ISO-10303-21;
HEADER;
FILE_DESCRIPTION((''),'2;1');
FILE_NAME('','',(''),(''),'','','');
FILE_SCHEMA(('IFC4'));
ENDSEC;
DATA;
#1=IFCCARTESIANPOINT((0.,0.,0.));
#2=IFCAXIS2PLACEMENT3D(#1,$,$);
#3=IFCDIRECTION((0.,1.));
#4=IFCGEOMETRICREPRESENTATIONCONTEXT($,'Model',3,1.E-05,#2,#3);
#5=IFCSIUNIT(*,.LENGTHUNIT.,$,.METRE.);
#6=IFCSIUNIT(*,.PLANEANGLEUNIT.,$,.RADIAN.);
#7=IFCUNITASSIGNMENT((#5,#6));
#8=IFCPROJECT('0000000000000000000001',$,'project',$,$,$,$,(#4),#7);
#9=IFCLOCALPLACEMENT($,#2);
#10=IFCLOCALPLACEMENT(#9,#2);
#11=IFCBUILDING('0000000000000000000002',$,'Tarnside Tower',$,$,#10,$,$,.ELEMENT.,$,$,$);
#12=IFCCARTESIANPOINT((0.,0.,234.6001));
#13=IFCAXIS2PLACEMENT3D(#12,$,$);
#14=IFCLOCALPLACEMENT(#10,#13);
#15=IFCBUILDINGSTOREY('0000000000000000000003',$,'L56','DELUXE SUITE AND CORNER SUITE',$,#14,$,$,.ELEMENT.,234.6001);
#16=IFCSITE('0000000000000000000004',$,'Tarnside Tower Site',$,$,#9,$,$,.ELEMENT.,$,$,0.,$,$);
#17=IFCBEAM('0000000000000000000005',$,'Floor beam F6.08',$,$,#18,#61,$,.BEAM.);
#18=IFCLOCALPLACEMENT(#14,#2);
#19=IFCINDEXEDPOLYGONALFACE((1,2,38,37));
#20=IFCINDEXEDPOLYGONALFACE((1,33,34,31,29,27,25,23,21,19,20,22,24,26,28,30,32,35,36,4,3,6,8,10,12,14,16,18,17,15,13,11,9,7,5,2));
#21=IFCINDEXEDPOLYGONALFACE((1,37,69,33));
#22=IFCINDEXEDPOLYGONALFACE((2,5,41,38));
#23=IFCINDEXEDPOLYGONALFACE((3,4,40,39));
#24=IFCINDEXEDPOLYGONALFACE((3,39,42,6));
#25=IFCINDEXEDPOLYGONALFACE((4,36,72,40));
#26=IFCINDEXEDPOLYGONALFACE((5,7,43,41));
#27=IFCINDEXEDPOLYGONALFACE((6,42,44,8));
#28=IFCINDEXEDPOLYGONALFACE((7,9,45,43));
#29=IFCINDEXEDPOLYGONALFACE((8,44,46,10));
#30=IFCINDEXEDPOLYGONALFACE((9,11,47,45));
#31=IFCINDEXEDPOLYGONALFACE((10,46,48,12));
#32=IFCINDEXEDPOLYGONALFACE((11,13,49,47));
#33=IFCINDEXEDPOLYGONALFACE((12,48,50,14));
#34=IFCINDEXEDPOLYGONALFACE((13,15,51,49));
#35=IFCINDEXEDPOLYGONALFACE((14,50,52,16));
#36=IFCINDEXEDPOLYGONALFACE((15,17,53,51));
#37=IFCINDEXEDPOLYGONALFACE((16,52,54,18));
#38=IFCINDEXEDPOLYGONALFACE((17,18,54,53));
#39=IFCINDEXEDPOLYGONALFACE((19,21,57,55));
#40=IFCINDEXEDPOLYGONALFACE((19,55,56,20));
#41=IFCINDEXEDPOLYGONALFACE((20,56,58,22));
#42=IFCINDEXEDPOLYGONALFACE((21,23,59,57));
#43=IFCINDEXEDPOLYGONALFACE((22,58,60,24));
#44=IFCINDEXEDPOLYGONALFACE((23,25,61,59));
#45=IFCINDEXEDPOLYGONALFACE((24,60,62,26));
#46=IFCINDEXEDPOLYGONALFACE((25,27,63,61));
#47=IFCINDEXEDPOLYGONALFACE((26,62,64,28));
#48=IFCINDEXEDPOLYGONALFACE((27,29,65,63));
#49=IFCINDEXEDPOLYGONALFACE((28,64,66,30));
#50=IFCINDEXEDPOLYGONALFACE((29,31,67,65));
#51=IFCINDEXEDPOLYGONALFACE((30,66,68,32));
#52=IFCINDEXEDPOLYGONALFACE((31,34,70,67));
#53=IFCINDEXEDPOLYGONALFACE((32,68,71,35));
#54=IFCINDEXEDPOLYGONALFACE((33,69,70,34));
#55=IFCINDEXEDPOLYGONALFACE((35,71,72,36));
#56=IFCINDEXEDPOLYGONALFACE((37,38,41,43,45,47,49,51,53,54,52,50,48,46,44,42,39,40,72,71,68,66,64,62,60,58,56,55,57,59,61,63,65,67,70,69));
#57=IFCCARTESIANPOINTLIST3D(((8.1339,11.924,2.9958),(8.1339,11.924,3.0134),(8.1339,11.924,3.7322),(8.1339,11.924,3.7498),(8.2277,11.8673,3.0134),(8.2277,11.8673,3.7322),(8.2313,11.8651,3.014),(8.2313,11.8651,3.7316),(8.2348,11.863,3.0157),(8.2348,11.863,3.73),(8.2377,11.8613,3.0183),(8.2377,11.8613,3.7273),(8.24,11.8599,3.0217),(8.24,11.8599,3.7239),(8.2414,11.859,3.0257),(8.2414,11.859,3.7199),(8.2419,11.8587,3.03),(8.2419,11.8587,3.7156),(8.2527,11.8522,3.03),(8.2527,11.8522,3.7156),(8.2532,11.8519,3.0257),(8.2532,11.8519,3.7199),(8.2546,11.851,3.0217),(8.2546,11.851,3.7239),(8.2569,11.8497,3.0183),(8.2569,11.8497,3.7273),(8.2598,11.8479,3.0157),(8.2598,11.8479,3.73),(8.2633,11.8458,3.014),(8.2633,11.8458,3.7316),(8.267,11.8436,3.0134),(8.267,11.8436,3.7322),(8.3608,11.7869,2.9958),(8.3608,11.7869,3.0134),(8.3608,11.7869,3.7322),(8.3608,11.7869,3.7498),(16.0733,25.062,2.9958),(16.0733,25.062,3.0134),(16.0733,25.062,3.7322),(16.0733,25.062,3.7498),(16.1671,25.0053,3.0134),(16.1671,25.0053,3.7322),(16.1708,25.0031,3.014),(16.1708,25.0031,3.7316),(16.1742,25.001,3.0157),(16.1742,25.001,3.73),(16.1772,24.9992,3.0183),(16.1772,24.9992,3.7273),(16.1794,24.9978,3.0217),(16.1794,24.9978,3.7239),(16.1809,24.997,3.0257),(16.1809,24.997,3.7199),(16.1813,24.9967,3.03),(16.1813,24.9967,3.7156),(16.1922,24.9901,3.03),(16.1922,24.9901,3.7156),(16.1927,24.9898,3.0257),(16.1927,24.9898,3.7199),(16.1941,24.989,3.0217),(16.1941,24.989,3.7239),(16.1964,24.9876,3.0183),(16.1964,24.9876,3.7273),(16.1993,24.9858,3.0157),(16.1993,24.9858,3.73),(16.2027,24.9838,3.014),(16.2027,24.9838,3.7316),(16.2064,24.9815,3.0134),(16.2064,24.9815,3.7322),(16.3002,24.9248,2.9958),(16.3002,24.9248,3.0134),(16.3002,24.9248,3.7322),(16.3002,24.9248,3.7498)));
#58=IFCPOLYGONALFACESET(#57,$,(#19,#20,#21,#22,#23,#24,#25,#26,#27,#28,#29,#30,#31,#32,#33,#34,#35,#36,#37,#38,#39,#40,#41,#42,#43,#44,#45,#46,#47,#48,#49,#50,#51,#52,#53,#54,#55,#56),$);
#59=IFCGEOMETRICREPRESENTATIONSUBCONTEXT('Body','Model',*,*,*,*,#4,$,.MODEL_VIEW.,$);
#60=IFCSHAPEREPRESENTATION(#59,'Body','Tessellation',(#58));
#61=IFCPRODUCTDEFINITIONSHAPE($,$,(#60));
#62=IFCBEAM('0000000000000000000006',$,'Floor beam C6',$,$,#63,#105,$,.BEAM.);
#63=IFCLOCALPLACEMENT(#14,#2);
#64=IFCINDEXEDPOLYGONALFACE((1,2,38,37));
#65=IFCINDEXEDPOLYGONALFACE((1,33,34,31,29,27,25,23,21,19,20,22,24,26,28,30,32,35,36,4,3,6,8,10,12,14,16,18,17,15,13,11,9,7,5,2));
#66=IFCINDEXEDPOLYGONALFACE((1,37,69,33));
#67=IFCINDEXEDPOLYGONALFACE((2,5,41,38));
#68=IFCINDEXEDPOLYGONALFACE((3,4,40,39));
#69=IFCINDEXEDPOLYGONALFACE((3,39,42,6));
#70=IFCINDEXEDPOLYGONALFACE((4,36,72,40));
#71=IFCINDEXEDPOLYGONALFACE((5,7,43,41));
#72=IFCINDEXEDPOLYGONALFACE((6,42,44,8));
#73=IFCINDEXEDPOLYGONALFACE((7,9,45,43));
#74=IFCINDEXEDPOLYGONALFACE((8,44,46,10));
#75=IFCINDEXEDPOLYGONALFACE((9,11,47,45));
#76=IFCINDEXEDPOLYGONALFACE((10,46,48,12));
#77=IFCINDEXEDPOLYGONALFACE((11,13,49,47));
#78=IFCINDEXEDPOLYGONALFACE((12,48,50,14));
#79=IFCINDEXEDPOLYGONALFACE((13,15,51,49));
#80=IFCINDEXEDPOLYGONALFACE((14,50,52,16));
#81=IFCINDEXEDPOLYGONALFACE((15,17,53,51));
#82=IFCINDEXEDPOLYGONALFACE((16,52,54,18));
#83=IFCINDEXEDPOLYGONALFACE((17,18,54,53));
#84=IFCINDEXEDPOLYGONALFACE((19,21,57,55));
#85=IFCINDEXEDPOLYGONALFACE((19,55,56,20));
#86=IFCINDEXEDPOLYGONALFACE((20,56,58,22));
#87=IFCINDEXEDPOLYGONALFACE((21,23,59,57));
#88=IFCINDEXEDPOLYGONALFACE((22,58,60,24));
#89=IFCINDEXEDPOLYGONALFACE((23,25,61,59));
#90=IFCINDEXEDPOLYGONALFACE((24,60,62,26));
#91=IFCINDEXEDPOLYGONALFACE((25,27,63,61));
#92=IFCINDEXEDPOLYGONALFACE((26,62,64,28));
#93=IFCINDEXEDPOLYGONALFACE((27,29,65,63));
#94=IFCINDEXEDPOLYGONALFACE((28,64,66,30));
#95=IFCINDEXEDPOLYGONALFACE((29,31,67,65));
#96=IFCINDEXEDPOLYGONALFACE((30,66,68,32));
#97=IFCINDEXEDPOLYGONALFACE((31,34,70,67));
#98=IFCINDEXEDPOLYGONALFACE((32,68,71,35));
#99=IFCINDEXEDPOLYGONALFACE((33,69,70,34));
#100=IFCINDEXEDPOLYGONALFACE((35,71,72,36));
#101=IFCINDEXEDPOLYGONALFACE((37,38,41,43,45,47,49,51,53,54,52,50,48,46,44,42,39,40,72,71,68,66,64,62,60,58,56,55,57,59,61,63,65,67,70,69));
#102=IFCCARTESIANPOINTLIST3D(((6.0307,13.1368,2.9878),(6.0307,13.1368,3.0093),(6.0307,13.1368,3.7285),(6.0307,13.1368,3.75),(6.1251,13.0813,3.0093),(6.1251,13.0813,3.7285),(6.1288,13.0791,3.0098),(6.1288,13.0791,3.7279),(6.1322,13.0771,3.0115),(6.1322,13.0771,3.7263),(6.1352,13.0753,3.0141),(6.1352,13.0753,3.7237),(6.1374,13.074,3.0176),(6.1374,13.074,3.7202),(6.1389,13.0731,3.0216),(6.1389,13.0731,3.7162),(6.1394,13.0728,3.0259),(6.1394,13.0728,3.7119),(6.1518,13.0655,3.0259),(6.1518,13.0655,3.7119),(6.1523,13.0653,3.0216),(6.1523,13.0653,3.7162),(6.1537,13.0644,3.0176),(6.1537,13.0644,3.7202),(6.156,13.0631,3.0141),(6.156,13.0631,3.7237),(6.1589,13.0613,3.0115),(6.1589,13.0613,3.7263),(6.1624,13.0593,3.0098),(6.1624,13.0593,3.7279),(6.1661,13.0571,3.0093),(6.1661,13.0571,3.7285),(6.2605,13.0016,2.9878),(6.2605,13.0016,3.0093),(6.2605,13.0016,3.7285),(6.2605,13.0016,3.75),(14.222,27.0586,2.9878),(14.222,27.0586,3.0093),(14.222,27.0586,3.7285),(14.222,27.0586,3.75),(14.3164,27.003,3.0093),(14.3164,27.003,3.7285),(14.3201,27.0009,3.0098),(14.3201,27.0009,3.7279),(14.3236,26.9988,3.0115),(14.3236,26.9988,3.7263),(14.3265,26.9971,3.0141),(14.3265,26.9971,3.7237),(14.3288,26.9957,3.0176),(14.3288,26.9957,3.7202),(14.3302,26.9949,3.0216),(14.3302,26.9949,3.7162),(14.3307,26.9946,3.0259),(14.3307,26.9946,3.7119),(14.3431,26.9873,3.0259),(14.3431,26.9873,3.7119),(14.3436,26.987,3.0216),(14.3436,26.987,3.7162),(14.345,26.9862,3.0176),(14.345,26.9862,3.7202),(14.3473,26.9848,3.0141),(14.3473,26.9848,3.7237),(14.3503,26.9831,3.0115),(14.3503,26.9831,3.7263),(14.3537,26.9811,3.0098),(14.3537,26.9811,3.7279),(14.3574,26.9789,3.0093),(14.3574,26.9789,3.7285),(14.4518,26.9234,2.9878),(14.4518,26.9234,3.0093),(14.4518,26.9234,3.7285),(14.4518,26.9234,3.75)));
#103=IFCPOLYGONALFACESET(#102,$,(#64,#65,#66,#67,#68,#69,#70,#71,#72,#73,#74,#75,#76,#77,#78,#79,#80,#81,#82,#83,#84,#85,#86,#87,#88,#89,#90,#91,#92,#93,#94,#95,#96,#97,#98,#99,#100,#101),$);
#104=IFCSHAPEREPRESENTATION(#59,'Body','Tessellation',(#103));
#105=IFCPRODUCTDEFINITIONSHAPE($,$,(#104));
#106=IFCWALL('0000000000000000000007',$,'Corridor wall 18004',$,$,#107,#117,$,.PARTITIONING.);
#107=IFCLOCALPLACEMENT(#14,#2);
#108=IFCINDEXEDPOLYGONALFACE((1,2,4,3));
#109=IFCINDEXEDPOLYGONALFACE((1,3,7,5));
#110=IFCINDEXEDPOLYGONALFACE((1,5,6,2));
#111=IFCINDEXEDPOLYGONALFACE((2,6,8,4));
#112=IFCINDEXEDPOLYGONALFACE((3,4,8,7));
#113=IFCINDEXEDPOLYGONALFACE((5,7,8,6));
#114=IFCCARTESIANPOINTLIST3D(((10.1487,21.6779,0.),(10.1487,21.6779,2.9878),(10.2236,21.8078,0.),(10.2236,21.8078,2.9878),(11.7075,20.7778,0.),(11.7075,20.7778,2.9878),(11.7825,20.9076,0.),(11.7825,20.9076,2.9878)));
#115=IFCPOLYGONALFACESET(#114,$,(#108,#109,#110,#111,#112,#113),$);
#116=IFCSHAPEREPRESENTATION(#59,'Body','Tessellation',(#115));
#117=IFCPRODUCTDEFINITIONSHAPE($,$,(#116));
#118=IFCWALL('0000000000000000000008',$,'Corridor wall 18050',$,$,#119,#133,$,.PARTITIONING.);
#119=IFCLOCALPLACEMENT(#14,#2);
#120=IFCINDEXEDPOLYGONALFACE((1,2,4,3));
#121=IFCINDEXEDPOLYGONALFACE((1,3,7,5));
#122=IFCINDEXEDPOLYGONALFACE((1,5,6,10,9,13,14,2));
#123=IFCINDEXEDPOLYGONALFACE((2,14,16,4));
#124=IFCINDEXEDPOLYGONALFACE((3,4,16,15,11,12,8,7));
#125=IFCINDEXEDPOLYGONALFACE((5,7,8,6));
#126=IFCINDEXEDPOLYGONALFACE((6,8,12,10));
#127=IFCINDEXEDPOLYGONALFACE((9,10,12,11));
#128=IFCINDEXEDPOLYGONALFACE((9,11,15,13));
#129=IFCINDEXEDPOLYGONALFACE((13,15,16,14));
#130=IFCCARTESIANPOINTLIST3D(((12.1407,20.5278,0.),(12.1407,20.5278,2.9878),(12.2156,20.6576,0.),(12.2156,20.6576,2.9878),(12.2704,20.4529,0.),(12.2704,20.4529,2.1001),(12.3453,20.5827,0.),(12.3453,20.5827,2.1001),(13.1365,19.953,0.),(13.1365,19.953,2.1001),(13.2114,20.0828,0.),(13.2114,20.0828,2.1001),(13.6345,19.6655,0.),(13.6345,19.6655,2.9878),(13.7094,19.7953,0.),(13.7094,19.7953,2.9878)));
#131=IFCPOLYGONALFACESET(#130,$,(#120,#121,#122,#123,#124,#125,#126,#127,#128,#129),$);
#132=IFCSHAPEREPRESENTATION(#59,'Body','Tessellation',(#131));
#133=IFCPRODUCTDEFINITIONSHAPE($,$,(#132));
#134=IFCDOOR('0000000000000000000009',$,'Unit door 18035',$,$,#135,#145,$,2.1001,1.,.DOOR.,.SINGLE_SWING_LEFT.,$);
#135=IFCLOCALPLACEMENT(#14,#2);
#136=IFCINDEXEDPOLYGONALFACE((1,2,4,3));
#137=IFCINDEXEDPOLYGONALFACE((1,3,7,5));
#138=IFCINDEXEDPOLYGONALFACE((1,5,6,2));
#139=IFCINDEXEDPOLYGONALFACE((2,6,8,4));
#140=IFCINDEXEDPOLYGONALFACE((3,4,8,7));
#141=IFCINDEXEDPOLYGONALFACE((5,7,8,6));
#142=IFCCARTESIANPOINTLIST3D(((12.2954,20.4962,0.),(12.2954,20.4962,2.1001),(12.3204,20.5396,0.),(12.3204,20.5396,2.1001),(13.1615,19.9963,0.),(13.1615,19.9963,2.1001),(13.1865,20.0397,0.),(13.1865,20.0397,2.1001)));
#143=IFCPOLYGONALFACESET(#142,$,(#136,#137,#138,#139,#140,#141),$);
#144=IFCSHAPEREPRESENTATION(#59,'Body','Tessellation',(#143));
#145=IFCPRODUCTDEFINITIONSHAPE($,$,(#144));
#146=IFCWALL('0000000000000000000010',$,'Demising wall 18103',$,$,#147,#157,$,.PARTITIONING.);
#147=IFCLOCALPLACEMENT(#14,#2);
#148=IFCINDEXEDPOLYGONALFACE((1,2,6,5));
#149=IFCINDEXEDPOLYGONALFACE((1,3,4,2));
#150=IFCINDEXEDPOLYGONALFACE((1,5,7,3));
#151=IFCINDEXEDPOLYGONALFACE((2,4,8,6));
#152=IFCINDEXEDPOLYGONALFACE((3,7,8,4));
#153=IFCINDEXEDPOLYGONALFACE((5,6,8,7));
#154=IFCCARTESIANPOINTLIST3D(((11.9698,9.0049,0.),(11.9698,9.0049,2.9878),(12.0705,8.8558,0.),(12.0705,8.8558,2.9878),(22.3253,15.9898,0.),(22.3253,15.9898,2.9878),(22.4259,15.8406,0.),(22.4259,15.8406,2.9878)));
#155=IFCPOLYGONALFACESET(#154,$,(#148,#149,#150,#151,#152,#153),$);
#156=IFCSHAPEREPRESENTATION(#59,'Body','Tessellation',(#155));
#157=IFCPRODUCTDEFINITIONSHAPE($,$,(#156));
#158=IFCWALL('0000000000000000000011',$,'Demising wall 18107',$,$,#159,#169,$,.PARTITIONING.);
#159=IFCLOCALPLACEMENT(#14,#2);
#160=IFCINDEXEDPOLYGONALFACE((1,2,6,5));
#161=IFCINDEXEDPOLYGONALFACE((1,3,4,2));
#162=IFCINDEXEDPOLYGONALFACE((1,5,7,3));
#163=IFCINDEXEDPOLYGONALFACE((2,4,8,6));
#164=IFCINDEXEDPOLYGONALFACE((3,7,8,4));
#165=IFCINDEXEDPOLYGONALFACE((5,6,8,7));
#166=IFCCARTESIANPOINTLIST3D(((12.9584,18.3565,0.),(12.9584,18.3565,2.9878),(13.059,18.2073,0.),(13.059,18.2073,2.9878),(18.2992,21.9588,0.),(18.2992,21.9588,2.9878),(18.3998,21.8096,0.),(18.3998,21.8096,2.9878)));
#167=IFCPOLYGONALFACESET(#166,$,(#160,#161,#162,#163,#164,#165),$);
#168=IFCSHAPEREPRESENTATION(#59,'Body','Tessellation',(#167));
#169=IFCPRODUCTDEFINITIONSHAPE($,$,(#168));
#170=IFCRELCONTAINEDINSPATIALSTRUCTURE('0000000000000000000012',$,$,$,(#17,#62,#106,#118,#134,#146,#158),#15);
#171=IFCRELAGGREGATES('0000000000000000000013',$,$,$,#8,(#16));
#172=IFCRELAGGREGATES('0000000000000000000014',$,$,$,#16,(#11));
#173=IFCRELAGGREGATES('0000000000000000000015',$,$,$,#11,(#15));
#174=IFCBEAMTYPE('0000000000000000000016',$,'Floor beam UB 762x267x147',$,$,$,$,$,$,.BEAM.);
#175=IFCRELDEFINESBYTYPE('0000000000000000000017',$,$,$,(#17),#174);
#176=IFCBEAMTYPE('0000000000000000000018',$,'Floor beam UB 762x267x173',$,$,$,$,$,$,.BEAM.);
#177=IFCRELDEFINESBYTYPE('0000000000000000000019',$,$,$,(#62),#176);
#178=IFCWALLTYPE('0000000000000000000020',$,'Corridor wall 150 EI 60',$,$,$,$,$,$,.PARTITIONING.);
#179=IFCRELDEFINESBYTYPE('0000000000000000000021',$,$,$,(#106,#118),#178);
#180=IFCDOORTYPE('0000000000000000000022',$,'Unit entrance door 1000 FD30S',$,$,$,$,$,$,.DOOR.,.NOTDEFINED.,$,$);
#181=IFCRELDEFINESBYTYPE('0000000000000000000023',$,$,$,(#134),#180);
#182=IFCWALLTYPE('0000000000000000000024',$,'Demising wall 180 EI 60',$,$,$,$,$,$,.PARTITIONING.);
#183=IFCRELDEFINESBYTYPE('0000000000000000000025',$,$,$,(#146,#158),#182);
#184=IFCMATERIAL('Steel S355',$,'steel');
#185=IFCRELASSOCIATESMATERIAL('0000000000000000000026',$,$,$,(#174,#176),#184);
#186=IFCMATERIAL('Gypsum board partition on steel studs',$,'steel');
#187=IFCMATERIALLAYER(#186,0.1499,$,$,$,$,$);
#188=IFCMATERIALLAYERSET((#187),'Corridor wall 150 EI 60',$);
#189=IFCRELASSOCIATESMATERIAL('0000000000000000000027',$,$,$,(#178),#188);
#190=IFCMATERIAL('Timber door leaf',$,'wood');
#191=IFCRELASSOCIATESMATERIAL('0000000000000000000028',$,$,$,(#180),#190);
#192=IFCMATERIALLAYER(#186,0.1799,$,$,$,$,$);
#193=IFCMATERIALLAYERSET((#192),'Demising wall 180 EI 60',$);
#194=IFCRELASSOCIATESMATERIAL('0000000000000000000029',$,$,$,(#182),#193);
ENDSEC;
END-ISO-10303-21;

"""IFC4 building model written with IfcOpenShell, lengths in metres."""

from ifc_helpers import new_model, si_unit, direction, frame, frame_2d, origin, origin_2d, place, context, subcontext, project, spatial, rectangle, i_section, extrude, material, layer, layer_set, material_profile, profile_set, type_object, element, fill, save


model = new_model("IFC4")

# Units and contexts
model_context = context("Model", 3, precision=1e-05, world=origin(), true_north=direction((0.0, 1.0)))
body_context = subcontext(model_context, "Body", "Model", "MODEL_VIEW")
ifc_project = project(units=[si_unit("LENGTHUNIT", "METRE"), si_unit("PLANEANGLEUNIT", "RADIAN")], contexts=[model_context])

# Site, building, storey
site_placement = place(None, origin())
site = spatial("IfcSite", under=ifc_project, at=site_placement, Name="Tarnside Tower Site", CompositionType="ELEMENT", RefElevation=0.0)
building_placement = place(site_placement, origin())
building = spatial("IfcBuilding", under=site, at=building_placement, Name="Tarnside Tower", CompositionType="ELEMENT")
storey_placement = place(building_placement, frame((0.0, 0.0, 234.6001)))
storey = spatial("IfcBuildingStorey", under=building, at=storey_placement, Name="L56", Description="DELUXE SUITE AND CORNER SUITE", CompositionType="ELEMENT", Elevation=234.6001)

# Beams
ifc_material_1 = material(Name="Steel S355", Category="steel")
ifc_material_profile_1 = material_profile(ifc_material_1, i_section(OverallWidth=0.2651, OverallDepth=0.7539, WebThickness=0.0127, FlangeThickness=0.0176, FilletRadius=0.0166, at=origin_2d()), Name="UB 762x267x147")
ifc_profile_set_1 = profile_set([ifc_material_profile_1], Name="Steel S355")
beam_type_1 = type_object("IfcBeamType", Name="Floor beam UB 762x267x147", PredefinedType="BEAM", material=ifc_profile_set_1)
beam_1_placement = place(storey_placement, frame((16.1868, 24.9934, 3.3728), z_axis=(-0.517209, -0.855859, 0.0), x_axis=(0.855859, -0.517209, 0.0)))
element("IfcBeam", 1, at=beam_1_placement, inside=storey, type_object=beam_type_1, Name="Floor beam F6.08", PredefinedType="BEAM", context=body_context, shape_type="SweptSolid", body=[
    extrude(i_section(OverallWidth=0.2651, OverallDepth=0.7539, WebThickness=0.0127, FlangeThickness=0.0176, FilletRadius=0.0166, at=origin_2d()), origin(), (0.0, 0.0, 1.0), 15.3506),
])
ifc_material_profile_2 = material_profile(ifc_material_1, i_section(OverallWidth=0.2666, OverallDepth=0.7622, WebThickness=0.0144, FlangeThickness=0.0215, FilletRadius=0.0166, at=origin_2d()), Name="UB 762x267x173")
ifc_profile_set_2 = profile_set([ifc_material_profile_2], Name="Steel S355")
beam_type_2 = type_object("IfcBeamType", Name="Floor beam UB 762x267x173", PredefinedType="BEAM", material=ifc_profile_set_2)
beam_2_placement = place(storey_placement, frame((14.3369, 26.991, 3.3689), z_axis=(-0.507115, -0.861878, 0.0), x_axis=(0.861878, -0.507115, 0.0)))
element("IfcBeam", 2, at=beam_2_placement, inside=storey, type_object=beam_type_2, Name="Floor beam C6", PredefinedType="BEAM", context=body_context, shape_type="SweptSolid", body=[
    extrude(i_section(OverallWidth=0.2666, OverallDepth=0.7622, WebThickness=0.0144, FlangeThickness=0.0215, FilletRadius=0.0166, at=origin_2d()), origin(), (0.0, 0.0, 1.0), 16.1528),
])

# Wall
ifc_material_2 = material(Name="Gypsum board partition on steel studs", Category="steel")
ifc_layer_1 = layer(ifc_material_2, 0.1499)
ifc_layer_set_1 = layer_set([ifc_layer_1], Name="Corridor wall 150 EI 60")
wall_type_1 = type_object("IfcWallType", Name="Corridor wall 150 EI 60", PredefinedType="PARTITIONING", material=ifc_layer_set_1)
wall_1_placement = place(storey_placement, frame((11.7449, 20.8428, 0.0), z_axis=(0.0, 0.0, 1.0), x_axis=(-0.865989, 0.500063, 0.0)))
element("IfcWall", 3, at=wall_1_placement, inside=storey, type_object=wall_type_1, Name="Corridor wall 18004", PredefinedType="PARTITIONING", context=body_context, shape_type="SweptSolid", body=[
    extrude(rectangle(XDim=1.8, YDim=0.1499, at=frame_2d((0.8999, 0.0))), origin(), (0.0, 0.0, 1.0), 2.9878),
])

# Wall, opening, door
wall_2_placement = place(storey_placement, frame((13.6719, 19.7305, 0.0), z_axis=(0.0, 0.0, 1.0), x_axis=(-0.866075, 0.499914, 0.0)))
wall_2 = element("IfcWall", 4, at=wall_2_placement, inside=storey, type_object=wall_type_1, Name="Corridor wall 18050", PredefinedType="PARTITIONING", context=body_context, shape_type="SweptSolid", body=[
    extrude(rectangle(XDim=1.7249, YDim=0.1499, at=frame_2d((0.8623, 0.0))), origin(), (0.0, 0.0, 1.0), 2.9878),
])
opening_1_placement = place(wall_2_placement, frame((0.575, 0.0, 0.0)))
opening_1 = element("IfcOpeningElement", 5, at=opening_1_placement, cuts=wall_2, PredefinedType="OPENING", context=body_context, shape_type="SweptSolid", body=[
    extrude(rectangle(XDim=1.0, YDim=2.1001, at=frame_2d((0.5, 1.05))), frame((0.0, 0.085, 0.0), z_axis=(0.0, -1.0, 0.0), x_axis=(1.0, 0.0, 0.0)), (0.0, 0.0, 1.0), 0.1699),
])
ifc_material_3 = material(Name="Timber door leaf", Category="wood")
door_type = type_object("IfcDoorType", Name="Unit entrance door 1000 FD30S", OperationType="NOTDEFINED", PredefinedType="DOOR", material=ifc_material_3)
door_placement = place(opening_1_placement, origin())
door = element("IfcDoor", 6, at=door_placement, inside=storey, type_object=door_type, Name="Unit door 18035", OperationType="SINGLE_SWING_LEFT", OverallHeight=2.1001, OverallWidth=1.0, PredefinedType="DOOR", context=body_context, shape_type="SweptSolid", body=[
    extrude(rectangle(XDim=1.0, YDim=2.1001, at=frame_2d((0.5, 1.05))), frame((0.0, 0.0249, 0.0), z_axis=(0.0, -1.0, 0.0), x_axis=(1.0, 0.0, 0.0)), (0.0, 0.0, 1.0), 0.05),
])
fill(opening_1, door)

# Walls
ifc_layer_2 = layer(ifc_material_2, 0.1799)
ifc_layer_set_2 = layer_set([ifc_layer_2], Name="Demising wall 180 EI 60")
wall_type_2 = type_object("IfcWallType", Name="Demising wall 180 EI 60", PredefinedType="PARTITIONING", material=ifc_layer_set_2)
wall_3_placement = place(storey_placement, frame((22.3757, 15.9153, 0.0), z_axis=(0.0, 0.0, 1.0), x_axis=(-0.829037, -0.559194, 0.0)))
element("IfcWall", 7, at=wall_3_placement, inside=storey, type_object=wall_type_2, Name="Demising wall 18103", PredefinedType="PARTITIONING", context=body_context, shape_type="SweptSolid", body=[
    extrude(rectangle(XDim=12.491, YDim=0.1799, at=frame_2d((6.2456, 0.0))), origin(), (0.0, 0.0, 1.0), 2.9878),
])
wall_4_placement = place(storey_placement, frame((18.3496, 21.8843, 0.0), z_axis=(0.0, 0.0, 1.0), x_axis=(-0.829047, -0.559179, 0.0)))
element("IfcWall", 8, at=wall_4_placement, inside=storey, type_object=wall_type_2, Name="Demising wall 18107", PredefinedType="PARTITIONING", context=body_context, shape_type="SweptSolid", body=[
    extrude(rectangle(XDim=6.4421, YDim=0.1799, at=frame_2d((3.2212, 0.0))), origin(), (0.0, 0.0, 1.0), 2.9878),
])

save(model, "model.ifc")
